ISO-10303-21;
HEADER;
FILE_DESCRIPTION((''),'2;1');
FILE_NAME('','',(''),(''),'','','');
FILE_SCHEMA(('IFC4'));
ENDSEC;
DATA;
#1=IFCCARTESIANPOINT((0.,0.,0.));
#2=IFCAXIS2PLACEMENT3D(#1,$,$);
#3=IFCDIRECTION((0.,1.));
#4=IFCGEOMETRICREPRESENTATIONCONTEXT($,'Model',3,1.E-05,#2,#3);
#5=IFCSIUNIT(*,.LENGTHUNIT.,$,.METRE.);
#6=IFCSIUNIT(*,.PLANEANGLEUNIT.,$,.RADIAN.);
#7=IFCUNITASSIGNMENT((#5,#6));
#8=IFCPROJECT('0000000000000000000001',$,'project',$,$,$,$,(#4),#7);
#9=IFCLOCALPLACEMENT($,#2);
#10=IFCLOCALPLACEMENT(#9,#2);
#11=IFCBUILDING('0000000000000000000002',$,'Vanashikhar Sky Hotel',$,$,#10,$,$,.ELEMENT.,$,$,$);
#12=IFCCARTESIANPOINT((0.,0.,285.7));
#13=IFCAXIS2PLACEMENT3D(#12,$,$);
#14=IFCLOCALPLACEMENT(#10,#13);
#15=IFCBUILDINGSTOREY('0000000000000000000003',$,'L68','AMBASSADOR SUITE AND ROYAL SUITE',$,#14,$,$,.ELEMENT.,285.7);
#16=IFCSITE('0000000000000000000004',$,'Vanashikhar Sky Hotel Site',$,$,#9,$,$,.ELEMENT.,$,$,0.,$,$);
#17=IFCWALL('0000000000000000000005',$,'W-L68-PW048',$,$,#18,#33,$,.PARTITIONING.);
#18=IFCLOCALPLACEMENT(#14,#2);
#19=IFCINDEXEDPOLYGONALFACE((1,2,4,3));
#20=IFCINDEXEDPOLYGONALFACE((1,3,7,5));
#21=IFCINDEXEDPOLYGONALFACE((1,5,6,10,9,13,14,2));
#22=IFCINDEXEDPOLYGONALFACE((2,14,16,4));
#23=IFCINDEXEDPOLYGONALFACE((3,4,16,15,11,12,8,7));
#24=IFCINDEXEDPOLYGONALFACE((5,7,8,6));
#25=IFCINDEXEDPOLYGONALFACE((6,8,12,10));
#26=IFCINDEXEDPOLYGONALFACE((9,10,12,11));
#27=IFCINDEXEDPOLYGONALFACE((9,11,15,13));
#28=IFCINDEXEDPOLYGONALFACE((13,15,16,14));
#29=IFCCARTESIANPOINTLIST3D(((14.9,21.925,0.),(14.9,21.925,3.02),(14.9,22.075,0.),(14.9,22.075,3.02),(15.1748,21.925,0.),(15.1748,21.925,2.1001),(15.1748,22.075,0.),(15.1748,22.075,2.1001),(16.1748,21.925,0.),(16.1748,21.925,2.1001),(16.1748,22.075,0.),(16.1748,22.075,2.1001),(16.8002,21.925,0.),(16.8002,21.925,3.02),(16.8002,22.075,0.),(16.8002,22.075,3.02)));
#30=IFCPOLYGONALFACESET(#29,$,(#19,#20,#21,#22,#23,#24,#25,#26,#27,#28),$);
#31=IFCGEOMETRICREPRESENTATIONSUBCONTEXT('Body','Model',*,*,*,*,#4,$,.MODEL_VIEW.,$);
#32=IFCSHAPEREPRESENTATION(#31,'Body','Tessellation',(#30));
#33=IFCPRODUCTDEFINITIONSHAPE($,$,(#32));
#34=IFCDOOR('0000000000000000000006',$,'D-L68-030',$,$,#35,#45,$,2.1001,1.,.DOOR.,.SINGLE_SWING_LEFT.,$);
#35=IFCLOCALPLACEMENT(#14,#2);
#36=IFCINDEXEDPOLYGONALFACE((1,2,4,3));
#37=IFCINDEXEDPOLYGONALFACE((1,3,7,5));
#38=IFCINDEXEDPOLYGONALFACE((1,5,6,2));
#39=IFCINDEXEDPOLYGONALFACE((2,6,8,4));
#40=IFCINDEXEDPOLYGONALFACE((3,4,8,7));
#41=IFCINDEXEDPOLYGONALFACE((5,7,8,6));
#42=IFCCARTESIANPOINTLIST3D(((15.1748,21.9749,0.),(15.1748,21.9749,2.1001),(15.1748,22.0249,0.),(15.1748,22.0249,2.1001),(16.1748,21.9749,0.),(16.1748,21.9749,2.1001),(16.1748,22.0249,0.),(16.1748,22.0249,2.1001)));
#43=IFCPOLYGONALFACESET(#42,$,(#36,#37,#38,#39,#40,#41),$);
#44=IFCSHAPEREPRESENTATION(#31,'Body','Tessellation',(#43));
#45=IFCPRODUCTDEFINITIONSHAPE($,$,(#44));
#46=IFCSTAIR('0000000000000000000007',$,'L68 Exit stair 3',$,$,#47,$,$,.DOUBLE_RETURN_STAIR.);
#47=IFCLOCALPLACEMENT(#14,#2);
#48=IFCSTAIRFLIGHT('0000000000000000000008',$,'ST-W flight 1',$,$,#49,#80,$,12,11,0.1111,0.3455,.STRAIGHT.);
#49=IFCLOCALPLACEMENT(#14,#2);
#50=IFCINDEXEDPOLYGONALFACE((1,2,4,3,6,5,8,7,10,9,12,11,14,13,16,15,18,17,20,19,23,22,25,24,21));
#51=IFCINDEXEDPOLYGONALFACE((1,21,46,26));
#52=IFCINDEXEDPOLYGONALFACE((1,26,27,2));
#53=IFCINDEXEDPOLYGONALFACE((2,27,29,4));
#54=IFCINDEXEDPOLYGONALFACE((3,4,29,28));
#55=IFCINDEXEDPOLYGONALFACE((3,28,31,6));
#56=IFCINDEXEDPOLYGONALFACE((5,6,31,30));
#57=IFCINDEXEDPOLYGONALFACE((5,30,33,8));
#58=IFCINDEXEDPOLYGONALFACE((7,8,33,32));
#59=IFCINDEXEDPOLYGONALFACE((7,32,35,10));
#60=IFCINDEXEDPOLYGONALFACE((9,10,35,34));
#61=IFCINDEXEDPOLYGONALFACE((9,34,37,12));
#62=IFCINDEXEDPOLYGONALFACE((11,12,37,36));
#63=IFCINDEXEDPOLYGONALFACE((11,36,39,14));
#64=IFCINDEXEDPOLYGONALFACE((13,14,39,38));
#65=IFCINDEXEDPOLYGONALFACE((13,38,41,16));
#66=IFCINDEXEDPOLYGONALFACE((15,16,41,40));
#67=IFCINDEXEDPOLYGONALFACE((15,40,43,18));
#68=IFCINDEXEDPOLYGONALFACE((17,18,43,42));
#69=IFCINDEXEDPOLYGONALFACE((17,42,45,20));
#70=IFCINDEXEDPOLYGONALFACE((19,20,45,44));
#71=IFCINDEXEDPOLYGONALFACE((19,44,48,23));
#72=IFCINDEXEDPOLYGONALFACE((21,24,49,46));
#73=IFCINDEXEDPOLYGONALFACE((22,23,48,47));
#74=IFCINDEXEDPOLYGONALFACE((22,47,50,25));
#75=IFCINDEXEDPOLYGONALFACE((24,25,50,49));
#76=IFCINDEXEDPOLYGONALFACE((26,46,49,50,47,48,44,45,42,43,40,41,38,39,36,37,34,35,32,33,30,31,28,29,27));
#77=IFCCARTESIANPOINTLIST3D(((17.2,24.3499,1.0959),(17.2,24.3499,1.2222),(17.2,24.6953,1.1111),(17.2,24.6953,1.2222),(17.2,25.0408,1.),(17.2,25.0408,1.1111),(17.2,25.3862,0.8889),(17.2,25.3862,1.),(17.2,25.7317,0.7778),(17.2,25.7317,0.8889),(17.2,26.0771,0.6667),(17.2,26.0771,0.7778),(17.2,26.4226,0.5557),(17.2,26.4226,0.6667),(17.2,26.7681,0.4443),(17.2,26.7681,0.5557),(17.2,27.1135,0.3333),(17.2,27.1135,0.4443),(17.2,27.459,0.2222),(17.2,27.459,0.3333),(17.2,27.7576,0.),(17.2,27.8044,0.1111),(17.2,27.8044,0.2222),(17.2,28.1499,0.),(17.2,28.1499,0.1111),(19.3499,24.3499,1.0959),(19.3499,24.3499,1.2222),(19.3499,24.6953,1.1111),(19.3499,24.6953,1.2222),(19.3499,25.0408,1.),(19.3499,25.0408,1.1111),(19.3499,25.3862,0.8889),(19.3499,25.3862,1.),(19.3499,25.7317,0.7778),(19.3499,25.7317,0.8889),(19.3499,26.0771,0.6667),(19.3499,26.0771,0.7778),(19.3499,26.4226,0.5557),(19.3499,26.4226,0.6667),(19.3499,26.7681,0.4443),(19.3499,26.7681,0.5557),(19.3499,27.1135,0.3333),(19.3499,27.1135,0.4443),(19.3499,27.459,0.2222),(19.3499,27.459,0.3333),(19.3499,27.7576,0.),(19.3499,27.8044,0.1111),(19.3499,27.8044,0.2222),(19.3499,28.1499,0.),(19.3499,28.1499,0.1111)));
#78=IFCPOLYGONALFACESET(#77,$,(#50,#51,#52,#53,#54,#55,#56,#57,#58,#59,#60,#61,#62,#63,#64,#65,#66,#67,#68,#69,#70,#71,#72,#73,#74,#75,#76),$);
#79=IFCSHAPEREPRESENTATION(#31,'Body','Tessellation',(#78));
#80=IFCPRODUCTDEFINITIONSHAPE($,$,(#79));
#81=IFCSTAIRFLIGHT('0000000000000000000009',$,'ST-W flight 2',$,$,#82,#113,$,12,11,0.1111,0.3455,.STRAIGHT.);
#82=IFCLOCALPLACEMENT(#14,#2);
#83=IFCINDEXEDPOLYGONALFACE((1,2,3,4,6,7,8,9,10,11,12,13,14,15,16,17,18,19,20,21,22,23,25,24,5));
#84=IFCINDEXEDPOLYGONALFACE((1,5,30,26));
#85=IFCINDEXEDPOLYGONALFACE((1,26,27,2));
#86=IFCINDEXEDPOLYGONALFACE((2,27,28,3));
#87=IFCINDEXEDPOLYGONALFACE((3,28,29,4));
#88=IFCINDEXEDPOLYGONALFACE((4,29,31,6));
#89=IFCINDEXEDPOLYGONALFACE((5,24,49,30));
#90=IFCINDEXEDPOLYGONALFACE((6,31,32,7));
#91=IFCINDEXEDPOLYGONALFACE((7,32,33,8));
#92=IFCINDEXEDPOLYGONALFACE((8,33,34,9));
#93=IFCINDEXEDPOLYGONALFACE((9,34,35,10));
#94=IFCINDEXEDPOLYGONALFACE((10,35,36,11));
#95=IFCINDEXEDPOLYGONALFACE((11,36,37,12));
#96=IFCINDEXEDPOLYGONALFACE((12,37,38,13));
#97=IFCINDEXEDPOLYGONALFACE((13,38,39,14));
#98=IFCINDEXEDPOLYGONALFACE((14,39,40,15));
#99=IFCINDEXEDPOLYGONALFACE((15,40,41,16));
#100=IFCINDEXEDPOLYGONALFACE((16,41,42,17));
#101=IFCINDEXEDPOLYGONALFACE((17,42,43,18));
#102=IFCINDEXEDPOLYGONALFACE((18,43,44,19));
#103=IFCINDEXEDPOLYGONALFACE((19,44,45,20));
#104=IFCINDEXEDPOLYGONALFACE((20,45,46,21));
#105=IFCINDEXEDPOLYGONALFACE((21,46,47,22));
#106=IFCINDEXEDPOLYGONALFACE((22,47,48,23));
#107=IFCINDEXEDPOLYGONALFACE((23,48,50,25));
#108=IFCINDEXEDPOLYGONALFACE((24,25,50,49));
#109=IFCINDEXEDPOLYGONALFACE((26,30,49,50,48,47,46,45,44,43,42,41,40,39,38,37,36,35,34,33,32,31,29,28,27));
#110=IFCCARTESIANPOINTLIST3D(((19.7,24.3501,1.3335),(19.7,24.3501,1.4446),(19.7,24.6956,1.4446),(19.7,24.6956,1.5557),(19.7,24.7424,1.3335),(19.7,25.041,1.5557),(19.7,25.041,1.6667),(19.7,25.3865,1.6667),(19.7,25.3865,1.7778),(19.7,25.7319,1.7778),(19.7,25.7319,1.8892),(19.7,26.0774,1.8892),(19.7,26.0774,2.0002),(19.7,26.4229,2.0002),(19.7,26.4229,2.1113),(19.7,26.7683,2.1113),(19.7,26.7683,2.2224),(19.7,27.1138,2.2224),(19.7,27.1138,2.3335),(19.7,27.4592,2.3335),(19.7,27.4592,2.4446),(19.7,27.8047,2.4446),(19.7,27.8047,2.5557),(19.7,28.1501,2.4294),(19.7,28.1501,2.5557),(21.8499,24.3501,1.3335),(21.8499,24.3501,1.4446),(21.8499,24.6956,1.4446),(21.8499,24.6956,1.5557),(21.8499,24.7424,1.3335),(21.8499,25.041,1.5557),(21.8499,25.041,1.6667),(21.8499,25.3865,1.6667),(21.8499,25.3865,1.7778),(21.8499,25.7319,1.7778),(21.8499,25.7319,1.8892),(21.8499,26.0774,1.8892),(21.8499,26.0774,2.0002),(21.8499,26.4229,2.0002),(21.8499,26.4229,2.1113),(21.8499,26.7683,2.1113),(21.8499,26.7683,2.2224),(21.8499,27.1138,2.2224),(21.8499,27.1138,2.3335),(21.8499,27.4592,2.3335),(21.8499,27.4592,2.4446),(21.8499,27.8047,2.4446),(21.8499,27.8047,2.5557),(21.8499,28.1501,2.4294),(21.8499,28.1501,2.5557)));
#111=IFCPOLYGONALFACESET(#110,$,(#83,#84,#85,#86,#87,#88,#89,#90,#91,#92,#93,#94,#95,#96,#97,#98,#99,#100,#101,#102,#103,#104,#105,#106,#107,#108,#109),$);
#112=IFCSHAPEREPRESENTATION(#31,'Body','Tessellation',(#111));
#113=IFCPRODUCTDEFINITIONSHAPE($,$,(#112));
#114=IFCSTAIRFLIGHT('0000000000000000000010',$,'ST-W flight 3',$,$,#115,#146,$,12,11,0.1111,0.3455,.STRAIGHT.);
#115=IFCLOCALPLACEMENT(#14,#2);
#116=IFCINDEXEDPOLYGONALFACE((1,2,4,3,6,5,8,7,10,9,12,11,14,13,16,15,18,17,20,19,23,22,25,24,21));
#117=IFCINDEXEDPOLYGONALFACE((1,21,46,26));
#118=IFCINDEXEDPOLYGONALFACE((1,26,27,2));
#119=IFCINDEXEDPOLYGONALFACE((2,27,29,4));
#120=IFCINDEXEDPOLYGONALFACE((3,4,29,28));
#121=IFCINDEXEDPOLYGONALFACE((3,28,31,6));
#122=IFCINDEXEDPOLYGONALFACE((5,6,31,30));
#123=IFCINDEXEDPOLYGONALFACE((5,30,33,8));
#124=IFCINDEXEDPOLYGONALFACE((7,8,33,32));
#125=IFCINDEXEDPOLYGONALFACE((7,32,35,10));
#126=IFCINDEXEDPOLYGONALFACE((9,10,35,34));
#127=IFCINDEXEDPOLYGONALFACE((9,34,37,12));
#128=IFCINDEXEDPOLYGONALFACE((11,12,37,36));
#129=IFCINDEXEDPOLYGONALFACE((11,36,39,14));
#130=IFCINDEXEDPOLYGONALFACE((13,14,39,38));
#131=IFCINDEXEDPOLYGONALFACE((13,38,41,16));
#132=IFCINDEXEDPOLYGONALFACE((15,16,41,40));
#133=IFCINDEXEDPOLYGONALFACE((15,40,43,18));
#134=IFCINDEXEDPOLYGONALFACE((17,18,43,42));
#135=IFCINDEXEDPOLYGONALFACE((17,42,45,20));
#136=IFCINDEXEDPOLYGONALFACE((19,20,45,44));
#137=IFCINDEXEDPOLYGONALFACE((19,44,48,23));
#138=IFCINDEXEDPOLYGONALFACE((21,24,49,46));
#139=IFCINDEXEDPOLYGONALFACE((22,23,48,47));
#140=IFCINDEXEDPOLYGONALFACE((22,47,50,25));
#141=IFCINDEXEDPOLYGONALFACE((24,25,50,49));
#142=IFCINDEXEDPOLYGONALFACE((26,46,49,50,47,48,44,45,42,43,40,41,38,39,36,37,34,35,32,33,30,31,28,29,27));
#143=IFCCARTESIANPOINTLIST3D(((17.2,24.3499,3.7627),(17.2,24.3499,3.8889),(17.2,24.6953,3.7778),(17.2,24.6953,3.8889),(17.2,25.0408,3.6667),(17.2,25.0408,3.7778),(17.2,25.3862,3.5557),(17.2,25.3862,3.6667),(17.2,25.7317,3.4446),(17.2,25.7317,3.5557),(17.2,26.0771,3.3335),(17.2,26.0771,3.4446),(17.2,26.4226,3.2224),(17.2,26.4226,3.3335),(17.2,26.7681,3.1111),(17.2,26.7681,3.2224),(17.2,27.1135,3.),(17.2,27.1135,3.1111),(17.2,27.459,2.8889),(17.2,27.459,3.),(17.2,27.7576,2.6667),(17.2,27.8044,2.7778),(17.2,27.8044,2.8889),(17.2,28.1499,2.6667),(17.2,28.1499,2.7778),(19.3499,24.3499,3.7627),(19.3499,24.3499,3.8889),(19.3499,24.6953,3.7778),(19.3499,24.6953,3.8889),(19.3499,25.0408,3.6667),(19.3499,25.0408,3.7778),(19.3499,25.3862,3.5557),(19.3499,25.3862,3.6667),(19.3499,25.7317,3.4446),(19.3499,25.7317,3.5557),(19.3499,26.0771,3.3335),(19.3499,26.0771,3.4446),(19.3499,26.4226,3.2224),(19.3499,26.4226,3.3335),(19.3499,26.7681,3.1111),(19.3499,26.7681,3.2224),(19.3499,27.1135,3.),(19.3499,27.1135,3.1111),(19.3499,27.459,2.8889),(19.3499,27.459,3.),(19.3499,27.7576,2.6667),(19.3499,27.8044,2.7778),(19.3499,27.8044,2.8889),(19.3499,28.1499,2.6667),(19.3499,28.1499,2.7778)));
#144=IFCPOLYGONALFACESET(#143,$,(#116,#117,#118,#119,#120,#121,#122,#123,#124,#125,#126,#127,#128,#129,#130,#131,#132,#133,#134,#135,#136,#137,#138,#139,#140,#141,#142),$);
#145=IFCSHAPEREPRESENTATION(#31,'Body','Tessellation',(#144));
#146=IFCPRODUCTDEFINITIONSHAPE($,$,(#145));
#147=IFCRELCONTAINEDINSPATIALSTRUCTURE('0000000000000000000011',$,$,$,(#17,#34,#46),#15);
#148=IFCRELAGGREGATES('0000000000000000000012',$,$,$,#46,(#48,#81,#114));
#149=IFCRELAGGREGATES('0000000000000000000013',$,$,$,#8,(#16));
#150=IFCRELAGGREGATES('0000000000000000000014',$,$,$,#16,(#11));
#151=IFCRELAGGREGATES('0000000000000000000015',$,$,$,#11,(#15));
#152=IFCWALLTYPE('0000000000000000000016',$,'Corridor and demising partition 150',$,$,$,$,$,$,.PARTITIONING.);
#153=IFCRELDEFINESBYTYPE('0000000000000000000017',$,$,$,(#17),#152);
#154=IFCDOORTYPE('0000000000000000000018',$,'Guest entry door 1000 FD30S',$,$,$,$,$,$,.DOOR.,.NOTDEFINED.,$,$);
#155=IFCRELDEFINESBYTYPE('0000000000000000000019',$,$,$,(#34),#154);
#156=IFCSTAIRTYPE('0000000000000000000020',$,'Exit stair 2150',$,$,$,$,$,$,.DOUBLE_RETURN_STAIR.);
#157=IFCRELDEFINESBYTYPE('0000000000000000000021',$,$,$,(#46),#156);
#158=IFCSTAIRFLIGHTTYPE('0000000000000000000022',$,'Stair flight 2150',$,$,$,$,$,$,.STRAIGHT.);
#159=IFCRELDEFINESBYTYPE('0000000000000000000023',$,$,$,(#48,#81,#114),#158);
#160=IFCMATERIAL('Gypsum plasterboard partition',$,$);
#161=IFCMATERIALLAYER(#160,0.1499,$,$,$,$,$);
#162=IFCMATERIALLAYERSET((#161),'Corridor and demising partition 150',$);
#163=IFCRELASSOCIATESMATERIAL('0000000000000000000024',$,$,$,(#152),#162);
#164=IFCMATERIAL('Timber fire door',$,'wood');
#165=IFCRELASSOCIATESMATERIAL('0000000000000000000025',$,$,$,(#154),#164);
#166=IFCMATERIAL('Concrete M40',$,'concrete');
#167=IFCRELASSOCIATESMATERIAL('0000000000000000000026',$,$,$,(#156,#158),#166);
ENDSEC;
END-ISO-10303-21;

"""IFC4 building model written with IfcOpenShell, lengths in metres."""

from ifc_helpers import new_model, si_unit, direction, frame, frame_2d, origin, place, context, subcontext, project, spatial, polyline, rectangle, outline, extrude, source, transform, mapped, material, layer, layer_set, type_object, element, fill, aggregate, save


model = new_model("IFC4")

# Units and contexts
model_context = context("Model", 3, precision=1e-05, world=origin(), true_north=direction((0.0, 1.0)))
body_context = subcontext(model_context, "Body", "Model", "MODEL_VIEW")
ifc_project = project(units=[si_unit("LENGTHUNIT", "METRE"), si_unit("PLANEANGLEUNIT", "RADIAN")], contexts=[model_context])

# Site, building, storey
site_placement = place(None, origin())
site = spatial("IfcSite", under=ifc_project, at=site_placement, Name="Vanashikhar Sky Hotel Site", CompositionType="ELEMENT", RefElevation=0.0)
building_placement = place(site_placement, origin())
building = spatial("IfcBuilding", under=site, at=building_placement, Name="Vanashikhar Sky Hotel", CompositionType="ELEMENT")
storey_placement = place(building_placement, frame((0.0, 0.0, 285.7)))
storey = spatial("IfcBuildingStorey", under=building, at=storey_placement, Name="L68", Description="AMBASSADOR SUITE AND ROYAL SUITE", CompositionType="ELEMENT", Elevation=285.7)

# Wall, opening, door
ifc_material_1 = material(Name="Gypsum plasterboard partition")
ifc_layer_1 = layer(ifc_material_1, 0.1499)
ifc_layer_set_1 = layer_set([ifc_layer_1], Name="Corridor and demising partition 150")
wall_type_1 = type_object("IfcWallType", Name="Corridor and demising partition 150", PredefinedType="PARTITIONING", material=ifc_layer_set_1)
shared_shape_1 = source(origin(), body_context, "Body", "SweptSolid", [
    extrude(rectangle(XDim=1.0, YDim=2.1001, at=frame_2d((0.5, 1.05))), frame((0.0, 0.085, 0.0), z_axis=(0.0, -1.0, 0.0), x_axis=(1.0, 0.0, 0.0)), (0.0, 0.0, 1.0), 0.1699),
])
ifc_material_2 = material(Name="Timber fire door", Category="wood")
door_type_1 = type_object("IfcDoorType", Name="Guest entry door 1000 FD30S", OperationType="NOTDEFINED", PredefinedType="DOOR", material=ifc_material_2)
shared_shape_2 = source(origin(), body_context, "Body", "SweptSolid", [
    extrude(rectangle(XDim=1.0, YDim=2.1001, at=frame_2d((0.5, 1.05))), frame((0.0, 0.0249, 0.0), z_axis=(0.0, -1.0, 0.0), x_axis=(1.0, 0.0, 0.0)), (0.0, 0.0, 1.0), 0.05),
])
shared_shape_3 = source(origin(), body_context, "Body", "SweptSolid", [
    extrude(rectangle(XDim=1.9001, YDim=0.1499, at=frame_2d((0.9502, 0.0))), origin(), (0.0, 0.0, 1.0), 3.02),
])
wall_1_placement = place(storey_placement, frame((14.8999, 22.0, 0.0), z_axis=(0.0, 0.0, 1.0), x_axis=(1.0, 0.0, 0.0)))
wall_1 = element("IfcWall", 1, at=wall_1_placement, inside=storey, type_object=wall_type_1, Name="W-L68-PW048", PredefinedType="PARTITIONING", context=body_context, shape_type="MappedRepresentation", body=[
    mapped(shared_shape_3, transform((0.0, 0.0, 0.0), scale=1.0)),
])
opening_1_placement = place(wall_1_placement, frame((0.2749, 0.0, 0.0)))
opening_1 = element("IfcOpeningElement", 2, at=opening_1_placement, cuts=wall_1, PredefinedType="OPENING", context=body_context, shape_type="MappedRepresentation", body=[
    mapped(shared_shape_1, transform((0.0, 0.0, 0.0), scale=1.0)),
])
door_1_placement = place(opening_1_placement, origin())
door_1 = element("IfcDoor", 3, at=door_1_placement, inside=storey, type_object=door_type_1, Name="D-L68-030", OperationType="SINGLE_SWING_LEFT", OverallHeight=2.1001, OverallWidth=1.0, PredefinedType="DOOR", context=body_context, shape_type="MappedRepresentation", body=[
    mapped(shared_shape_2, transform((0.0, 0.0, 0.0), scale=1.0)),
])
fill(opening_1, door_1)

# Stair, stair flights
ifc_material_3 = material(Name="Concrete M40", Category="concrete")
stair_type = type_object("IfcStairType", Name="Exit stair 2150", PredefinedType="DOUBLE_RETURN_STAIR", material=ifc_material_3)
stair_placement = place(storey_placement, origin())
stair = element("IfcStair", 4, at=stair_placement, inside=storey, type_object=stair_type, Name="L68 Exit stair 3", PredefinedType="DOUBLE_RETURN_STAIR")
stair_flight_type = type_object("IfcStairFlightType", Name="Stair flight 2150", PredefinedType="STRAIGHT", material=ifc_material_3)
shared_shape_4 = source(origin(), body_context, "Body", "SweptSolid", [
    extrude(outline(polyline([(0.0, 0.0), (0.0, 0.1111), (0.3455, 0.1111), (0.3455, 0.2222), (0.6909, 0.2222), (0.6909, 0.3333), (1.0364, 0.3333), (1.0364, 0.4443), (1.3818, 0.4443), (1.3818, 0.5557), (1.7273, 0.5557), (1.7273, 0.6667), (2.0728, 0.6667), (2.0728, 0.7778), (2.4182, 0.7778), (2.4182, 0.8889), (2.7637, 0.8889), (2.7637, 1.0), (3.1091, 1.0), (3.1091, 1.1111), (3.4546, 1.1111), (3.4546, 1.2222), (3.8, 1.2222), (3.8, 1.3333), (3.8, 1.0959), (0.3923, 0.0), (0.0, 0.0)])), frame((0.0, 1.075, 0.0), z_axis=(0.0, -1.0, 0.0), x_axis=(1.0, 0.0, 0.0)), (0.0, 0.0, 1.0), 2.1499),
])
stair_flight_1_placement = place(storey_placement, frame((18.2749, 28.1499, 0.0), z_axis=(0.0, 0.0, 1.0), x_axis=(0.0, -1.0, 0.0)))
stair_flight_1 = element("IfcStairFlight", 5, at=stair_flight_1_placement, type_object=stair_flight_type, Name="ST-W flight 1", NumberOfRisers=12, NumberOfTreads=11, PredefinedType="STRAIGHT", RiserHeight=0.1111, TreadLength=0.3455, context=body_context, shape_type="MappedRepresentation", body=[
    mapped(shared_shape_4, transform((0.0, 0.0, 0.0), scale=1.0)),
])
stair_flight_2_placement = place(storey_placement, frame((20.7749, 24.3501, 1.3335), z_axis=(0.0, 0.0, 1.0), x_axis=(0.0, 1.0, 0.0)))
stair_flight_2 = element("IfcStairFlight", 6, at=stair_flight_2_placement, type_object=stair_flight_type, Name="ST-W flight 2", NumberOfRisers=12, NumberOfTreads=11, PredefinedType="STRAIGHT", RiserHeight=0.1111, TreadLength=0.3455, context=body_context, shape_type="MappedRepresentation", body=[
    mapped(shared_shape_4, transform((0.0, 0.0, 0.0), scale=1.0)),
])
stair_flight_3_placement = place(storey_placement, frame((18.2749, 28.1499, 2.6667), z_axis=(0.0, 0.0, 1.0), x_axis=(0.0, -1.0, 0.0)))
stair_flight_3 = element("IfcStairFlight", 7, at=stair_flight_3_placement, type_object=stair_flight_type, Name="ST-W flight 3", NumberOfRisers=12, NumberOfTreads=11, PredefinedType="STRAIGHT", RiserHeight=0.1111, TreadLength=0.3455, context=body_context, shape_type="MappedRepresentation", body=[
    mapped(shared_shape_4, transform((0.0, 0.0, 0.0), scale=1.0)),
])
aggregate(stair, [stair_flight_1, stair_flight_2, stair_flight_3])

save(model, "model.ifc")
